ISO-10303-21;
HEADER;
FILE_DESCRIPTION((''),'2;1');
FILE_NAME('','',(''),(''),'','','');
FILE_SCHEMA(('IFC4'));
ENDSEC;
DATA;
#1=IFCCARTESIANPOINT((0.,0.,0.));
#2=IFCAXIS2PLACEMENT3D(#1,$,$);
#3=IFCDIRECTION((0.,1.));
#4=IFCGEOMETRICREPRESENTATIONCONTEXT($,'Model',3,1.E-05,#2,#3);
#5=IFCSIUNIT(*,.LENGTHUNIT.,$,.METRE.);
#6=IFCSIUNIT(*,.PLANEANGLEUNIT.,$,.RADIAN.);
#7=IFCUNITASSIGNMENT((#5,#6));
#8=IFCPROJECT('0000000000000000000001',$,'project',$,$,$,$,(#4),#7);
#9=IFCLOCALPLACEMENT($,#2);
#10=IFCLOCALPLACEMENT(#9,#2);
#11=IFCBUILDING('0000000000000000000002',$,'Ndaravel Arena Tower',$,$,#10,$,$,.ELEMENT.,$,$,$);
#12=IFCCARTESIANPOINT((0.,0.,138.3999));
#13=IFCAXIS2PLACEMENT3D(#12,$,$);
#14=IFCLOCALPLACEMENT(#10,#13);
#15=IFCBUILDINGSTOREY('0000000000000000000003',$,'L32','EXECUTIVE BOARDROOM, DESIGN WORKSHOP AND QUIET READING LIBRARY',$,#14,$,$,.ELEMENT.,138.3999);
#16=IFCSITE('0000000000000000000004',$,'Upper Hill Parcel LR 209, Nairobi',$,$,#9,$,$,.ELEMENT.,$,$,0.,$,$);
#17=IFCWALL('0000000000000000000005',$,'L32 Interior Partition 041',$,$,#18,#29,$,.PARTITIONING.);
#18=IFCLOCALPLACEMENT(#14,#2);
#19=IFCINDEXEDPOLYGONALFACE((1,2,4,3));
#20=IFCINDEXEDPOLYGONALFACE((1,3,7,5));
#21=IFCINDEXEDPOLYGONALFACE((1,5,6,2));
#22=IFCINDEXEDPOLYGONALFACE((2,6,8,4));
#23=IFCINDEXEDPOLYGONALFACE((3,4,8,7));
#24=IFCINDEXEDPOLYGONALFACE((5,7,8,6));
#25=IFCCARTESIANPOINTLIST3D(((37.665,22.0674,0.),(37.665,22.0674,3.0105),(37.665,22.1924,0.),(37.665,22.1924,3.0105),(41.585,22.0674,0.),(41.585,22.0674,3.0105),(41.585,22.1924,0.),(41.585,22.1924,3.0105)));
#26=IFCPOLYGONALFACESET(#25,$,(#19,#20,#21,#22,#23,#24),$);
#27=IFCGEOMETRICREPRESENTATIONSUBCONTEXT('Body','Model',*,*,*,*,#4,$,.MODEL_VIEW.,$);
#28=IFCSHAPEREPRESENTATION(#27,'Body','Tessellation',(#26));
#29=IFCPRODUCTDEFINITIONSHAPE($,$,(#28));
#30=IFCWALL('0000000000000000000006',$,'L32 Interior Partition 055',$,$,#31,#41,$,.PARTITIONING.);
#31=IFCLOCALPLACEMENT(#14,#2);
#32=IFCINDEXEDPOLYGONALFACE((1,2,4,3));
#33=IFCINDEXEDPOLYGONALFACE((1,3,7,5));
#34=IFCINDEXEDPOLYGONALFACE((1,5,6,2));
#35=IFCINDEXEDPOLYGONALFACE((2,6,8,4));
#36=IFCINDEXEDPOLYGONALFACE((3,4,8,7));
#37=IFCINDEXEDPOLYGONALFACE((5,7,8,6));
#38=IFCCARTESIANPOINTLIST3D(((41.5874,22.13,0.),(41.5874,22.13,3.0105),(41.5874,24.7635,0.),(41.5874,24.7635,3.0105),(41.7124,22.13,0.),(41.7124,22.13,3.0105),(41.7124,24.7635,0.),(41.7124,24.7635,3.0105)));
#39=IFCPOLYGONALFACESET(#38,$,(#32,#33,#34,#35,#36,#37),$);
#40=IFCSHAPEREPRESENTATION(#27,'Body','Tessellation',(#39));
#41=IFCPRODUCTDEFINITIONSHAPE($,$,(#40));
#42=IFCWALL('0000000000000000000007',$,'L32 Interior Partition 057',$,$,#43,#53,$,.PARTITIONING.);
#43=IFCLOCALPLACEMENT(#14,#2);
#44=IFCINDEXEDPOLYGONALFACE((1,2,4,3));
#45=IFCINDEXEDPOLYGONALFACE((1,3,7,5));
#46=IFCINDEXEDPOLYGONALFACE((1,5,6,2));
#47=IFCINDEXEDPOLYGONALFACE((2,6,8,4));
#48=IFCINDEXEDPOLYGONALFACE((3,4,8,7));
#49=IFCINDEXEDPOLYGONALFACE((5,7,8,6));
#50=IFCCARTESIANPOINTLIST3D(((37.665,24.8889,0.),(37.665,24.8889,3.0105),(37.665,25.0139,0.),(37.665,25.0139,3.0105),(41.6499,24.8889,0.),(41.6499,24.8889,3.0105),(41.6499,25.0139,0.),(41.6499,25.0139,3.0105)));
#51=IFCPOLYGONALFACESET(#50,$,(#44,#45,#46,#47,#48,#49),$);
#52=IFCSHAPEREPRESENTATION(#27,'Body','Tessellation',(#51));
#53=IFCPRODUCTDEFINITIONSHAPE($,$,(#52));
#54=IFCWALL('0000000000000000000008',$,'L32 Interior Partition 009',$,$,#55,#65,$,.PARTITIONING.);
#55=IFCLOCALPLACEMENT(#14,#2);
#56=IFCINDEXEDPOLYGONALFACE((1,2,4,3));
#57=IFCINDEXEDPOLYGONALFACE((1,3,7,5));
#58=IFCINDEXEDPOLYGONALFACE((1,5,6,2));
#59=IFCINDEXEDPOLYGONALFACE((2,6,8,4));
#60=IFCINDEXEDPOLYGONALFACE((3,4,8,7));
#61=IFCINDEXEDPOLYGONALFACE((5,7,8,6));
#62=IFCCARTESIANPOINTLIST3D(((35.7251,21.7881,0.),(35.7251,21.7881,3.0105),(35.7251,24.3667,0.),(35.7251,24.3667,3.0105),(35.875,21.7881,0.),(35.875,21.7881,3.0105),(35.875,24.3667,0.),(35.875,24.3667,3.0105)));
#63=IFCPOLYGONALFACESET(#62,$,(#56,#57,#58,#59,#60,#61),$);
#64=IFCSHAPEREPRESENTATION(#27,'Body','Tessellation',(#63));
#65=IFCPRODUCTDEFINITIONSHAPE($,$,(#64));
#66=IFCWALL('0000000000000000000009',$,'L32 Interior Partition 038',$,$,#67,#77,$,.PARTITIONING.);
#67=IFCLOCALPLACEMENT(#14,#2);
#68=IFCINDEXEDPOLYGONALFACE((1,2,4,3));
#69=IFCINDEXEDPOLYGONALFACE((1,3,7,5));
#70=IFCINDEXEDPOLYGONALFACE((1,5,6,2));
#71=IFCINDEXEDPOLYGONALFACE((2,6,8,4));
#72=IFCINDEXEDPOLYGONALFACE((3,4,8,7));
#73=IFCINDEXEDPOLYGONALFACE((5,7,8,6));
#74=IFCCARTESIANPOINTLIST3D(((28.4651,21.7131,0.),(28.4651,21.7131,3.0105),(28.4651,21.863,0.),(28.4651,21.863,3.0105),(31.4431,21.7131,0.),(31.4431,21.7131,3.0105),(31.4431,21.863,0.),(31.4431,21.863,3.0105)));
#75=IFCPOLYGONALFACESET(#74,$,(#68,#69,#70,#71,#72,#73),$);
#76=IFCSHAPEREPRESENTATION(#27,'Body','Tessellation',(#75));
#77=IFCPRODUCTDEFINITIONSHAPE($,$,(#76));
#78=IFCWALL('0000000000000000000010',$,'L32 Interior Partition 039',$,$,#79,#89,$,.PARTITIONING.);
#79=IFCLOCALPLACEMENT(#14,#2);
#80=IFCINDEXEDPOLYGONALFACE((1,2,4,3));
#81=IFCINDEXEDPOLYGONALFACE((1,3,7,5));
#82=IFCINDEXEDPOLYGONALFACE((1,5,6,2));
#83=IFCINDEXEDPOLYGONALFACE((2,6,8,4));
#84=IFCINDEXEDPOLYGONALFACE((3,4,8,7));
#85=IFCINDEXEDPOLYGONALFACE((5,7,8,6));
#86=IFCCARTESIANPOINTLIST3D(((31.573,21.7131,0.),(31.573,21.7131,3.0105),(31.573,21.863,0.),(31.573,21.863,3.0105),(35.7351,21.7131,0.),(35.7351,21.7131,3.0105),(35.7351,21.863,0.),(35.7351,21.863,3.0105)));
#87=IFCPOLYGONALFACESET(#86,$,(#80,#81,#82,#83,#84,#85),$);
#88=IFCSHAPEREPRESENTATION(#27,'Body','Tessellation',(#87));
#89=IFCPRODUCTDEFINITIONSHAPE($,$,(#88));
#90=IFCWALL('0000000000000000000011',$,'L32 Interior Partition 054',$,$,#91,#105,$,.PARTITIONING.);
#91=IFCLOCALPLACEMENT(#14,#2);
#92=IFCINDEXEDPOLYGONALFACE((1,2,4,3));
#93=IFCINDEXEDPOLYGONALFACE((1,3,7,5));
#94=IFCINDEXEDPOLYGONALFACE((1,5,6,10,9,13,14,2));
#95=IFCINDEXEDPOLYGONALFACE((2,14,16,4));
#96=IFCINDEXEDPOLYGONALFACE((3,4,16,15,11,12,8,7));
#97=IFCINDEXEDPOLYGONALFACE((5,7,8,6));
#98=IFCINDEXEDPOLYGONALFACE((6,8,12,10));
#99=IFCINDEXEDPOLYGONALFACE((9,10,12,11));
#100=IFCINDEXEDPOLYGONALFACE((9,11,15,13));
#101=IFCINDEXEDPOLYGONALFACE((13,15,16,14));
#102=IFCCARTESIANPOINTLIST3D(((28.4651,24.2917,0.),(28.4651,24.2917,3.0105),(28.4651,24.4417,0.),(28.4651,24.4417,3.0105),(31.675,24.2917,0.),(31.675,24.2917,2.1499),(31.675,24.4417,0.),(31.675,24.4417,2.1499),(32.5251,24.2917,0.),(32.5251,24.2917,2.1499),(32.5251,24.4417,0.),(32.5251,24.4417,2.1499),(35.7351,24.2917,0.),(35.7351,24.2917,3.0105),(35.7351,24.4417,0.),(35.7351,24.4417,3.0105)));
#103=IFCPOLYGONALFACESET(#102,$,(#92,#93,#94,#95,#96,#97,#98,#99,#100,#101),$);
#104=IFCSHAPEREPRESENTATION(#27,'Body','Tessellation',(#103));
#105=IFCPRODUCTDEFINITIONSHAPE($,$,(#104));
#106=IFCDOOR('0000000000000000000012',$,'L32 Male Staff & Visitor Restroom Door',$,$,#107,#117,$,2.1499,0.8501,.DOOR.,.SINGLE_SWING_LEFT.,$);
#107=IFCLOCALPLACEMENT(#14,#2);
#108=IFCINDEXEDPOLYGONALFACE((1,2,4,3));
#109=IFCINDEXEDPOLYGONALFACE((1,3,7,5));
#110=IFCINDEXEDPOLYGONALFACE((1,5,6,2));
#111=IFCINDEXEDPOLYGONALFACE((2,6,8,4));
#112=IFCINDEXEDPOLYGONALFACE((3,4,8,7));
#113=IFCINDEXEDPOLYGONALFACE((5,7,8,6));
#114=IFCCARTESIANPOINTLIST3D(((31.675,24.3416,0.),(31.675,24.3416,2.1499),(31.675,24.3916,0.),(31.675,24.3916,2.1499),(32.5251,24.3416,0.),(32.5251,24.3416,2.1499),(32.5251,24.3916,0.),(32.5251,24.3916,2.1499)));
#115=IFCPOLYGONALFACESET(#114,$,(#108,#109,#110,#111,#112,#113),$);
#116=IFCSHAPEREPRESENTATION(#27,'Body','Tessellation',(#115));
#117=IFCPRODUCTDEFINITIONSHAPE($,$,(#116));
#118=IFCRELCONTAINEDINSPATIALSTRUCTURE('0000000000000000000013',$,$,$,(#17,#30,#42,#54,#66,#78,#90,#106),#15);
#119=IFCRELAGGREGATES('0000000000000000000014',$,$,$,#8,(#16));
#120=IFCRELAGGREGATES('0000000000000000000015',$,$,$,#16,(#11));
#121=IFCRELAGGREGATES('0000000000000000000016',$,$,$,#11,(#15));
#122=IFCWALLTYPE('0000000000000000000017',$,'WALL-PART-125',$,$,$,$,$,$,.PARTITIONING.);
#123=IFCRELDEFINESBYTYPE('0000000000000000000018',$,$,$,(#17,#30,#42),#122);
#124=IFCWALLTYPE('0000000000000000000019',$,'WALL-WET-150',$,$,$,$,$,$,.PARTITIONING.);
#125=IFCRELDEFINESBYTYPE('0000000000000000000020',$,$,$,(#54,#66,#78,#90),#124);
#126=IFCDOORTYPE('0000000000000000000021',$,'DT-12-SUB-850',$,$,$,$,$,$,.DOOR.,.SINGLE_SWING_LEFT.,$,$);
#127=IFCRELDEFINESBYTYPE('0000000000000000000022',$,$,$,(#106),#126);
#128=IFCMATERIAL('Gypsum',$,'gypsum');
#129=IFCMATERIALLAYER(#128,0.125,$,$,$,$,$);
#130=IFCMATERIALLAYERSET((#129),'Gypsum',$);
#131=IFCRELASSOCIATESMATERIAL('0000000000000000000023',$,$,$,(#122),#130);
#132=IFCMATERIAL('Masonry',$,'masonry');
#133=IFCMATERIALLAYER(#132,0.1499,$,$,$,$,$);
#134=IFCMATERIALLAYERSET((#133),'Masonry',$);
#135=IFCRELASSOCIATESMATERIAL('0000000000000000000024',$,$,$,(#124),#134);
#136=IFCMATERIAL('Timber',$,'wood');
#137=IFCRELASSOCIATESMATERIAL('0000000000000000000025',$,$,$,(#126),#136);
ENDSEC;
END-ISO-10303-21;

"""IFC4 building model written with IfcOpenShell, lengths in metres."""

from ifc_helpers import new_model, si_unit, direction, frame, frame_2d, origin, place, context, subcontext, project, spatial, rectangle, extrude, material, layer, layer_set, type_object, element, fill, save


model = new_model("IFC4")

# Units and contexts
model_context = context("Model", 3, precision=1e-05, world=origin(), true_north=direction((0.0, 1.0)))
body_context = subcontext(model_context, "Body", "Model", "MODEL_VIEW")
ifc_project = project(units=[si_unit("LENGTHUNIT", "METRE"), si_unit("PLANEANGLEUNIT", "RADIAN")], contexts=[model_context])

# Site, building, storey
site_placement = place(None, origin())
site = spatial("IfcSite", under=ifc_project, at=site_placement, Name="Upper Hill Parcel LR 209, Nairobi", CompositionType="ELEMENT", RefElevation=0.0)
building_placement = place(site_placement, origin())
building = spatial("IfcBuilding", under=site, at=building_placement, Name="Ndaravel Arena Tower", CompositionType="ELEMENT")
storey_placement = place(building_placement, frame((0.0, 0.0, 138.3999)))
storey = spatial("IfcBuildingStorey", under=building, at=storey_placement, Name="L32", Description="EXECUTIVE BOARDROOM, DESIGN WORKSHOP AND QUIET READING LIBRARY", CompositionType="ELEMENT", Elevation=138.3999)

# Shared definitions
ifc_material_1 = material(Name="Gypsum", Category="gypsum")
ifc_layer_1 = layer(ifc_material_1, 0.125)
ifc_layer_set_1 = layer_set([ifc_layer_1], Name="Gypsum")
wall_type_1 = type_object("IfcWallType", Name="WALL-PART-125", PredefinedType="PARTITIONING", material=ifc_layer_set_1)

# Walls
wall_1_placement = place(storey_placement, frame((37.665, 22.1299, 0.0), z_axis=(0.0, 0.0, 1.0), x_axis=(1.0, 0.0, 0.0)))
element("IfcWall", 1, at=wall_1_placement, inside=storey, type_object=wall_type_1, Name="L32 Interior Partition 041", PredefinedType="PARTITIONING", context=body_context, shape_type="SweptSolid", body=[
    extrude(rectangle(XDim=3.9199, YDim=0.125, at=frame_2d((1.96, 0.0))), origin(), (0.0, 0.0, 1.0), 3.0105),
])
wall_2_placement = place(storey_placement, frame((41.6499, 22.1299, 0.0), z_axis=(0.0, 0.0, 1.0), x_axis=(0.0, 1.0, 0.0)))
element("IfcWall", 2, at=wall_2_placement, inside=storey, type_object=wall_type_1, Name="L32 Interior Partition 055", PredefinedType="PARTITIONING", context=body_context, shape_type="SweptSolid", body=[
    extrude(rectangle(XDim=2.6335, YDim=0.125, at=frame_2d((1.3169, 0.0))), origin(), (0.0, 0.0, 1.0), 3.0105),
])
wall_3_placement = place(storey_placement, frame((37.665, 24.9514, 0.0), z_axis=(0.0, 0.0, 1.0), x_axis=(1.0, 0.0, 0.0)))
element("IfcWall", 3, at=wall_3_placement, inside=storey, type_object=wall_type_1, Name="L32 Interior Partition 057", PredefinedType="PARTITIONING", context=body_context, shape_type="SweptSolid", body=[
    extrude(rectangle(XDim=3.9849, YDim=0.125, at=frame_2d((1.9924, 0.0))), origin(), (0.0, 0.0, 1.0), 3.0105),
])
ifc_material_2 = material(Name="Masonry", Category="masonry")
ifc_layer_2 = layer(ifc_material_2, 0.1499)
ifc_layer_set_2 = layer_set([ifc_layer_2], Name="Masonry")
wall_type_2 = type_object("IfcWallType", Name="WALL-WET-150", PredefinedType="PARTITIONING", material=ifc_layer_set_2)
wall_4_placement = place(storey_placement, frame((35.8, 21.7881, 0.0), z_axis=(0.0, 0.0, 1.0), x_axis=(0.0, 1.0, 0.0)))
element("IfcWall", 4, at=wall_4_placement, inside=storey, type_object=wall_type_2, Name="L32 Interior Partition 009", PredefinedType="PARTITIONING", context=body_context, shape_type="SweptSolid", body=[
    extrude(rectangle(XDim=2.5786, YDim=0.1499, at=frame_2d((1.2893, 0.0))), origin(), (0.0, 0.0, 1.0), 3.0105),
])
wall_5_placement = place(storey_placement, frame((28.4651, 21.7881, 0.0), z_axis=(0.0, 0.0, 1.0), x_axis=(1.0, 0.0, 0.0)))
element("IfcWall", 5, at=wall_5_placement, inside=storey, type_object=wall_type_2, Name="L32 Interior Partition 038", PredefinedType="PARTITIONING", context=body_context, shape_type="SweptSolid", body=[
    extrude(rectangle(XDim=2.978, YDim=0.1499, at=frame_2d((1.489, 0.0))), origin(), (0.0, 0.0, 1.0), 3.0105),
])
wall_6_placement = place(storey_placement, frame((31.573, 21.7881, 0.0), z_axis=(0.0, 0.0, 1.0), x_axis=(1.0, 0.0, 0.0)))
element("IfcWall", 6, at=wall_6_placement, inside=storey, type_object=wall_type_2, Name="L32 Interior Partition 039", PredefinedType="PARTITIONING", context=body_context, shape_type="SweptSolid", body=[
    extrude(rectangle(XDim=4.1621, YDim=0.1499, at=frame_2d((2.0811, 0.0))), origin(), (0.0, 0.0, 1.0), 3.0105),
])

# Wall, opening, door
wall_7_placement = place(storey_placement, frame((28.4651, 24.3667, 0.0), z_axis=(0.0, 0.0, 1.0), x_axis=(1.0, 0.0, 0.0)))
wall_7 = element("IfcWall", 7, at=wall_7_placement, inside=storey, type_object=wall_type_2, Name="L32 Interior Partition 054", PredefinedType="PARTITIONING", context=body_context, shape_type="SweptSolid", body=[
    extrude(rectangle(XDim=7.27, YDim=0.1499, at=frame_2d((3.635, 0.0))), origin(), (0.0, 0.0, 1.0), 3.0105),
])
opening_1_placement = place(wall_7_placement, frame((3.21, 0.0, 0.0)))
opening_1 = element("IfcOpeningElement", 8, at=opening_1_placement, cuts=wall_7, PredefinedType="OPENING", context=body_context, shape_type="SweptSolid", body=[
    extrude(rectangle(XDim=0.8501, YDim=2.1499, at=frame_2d((0.425, 1.075))), frame((0.0, 0.075, 0.0), z_axis=(0.0, -1.0, 0.0), x_axis=(1.0, 0.0, 0.0)), (0.0, 0.0, 1.0), 0.1499),
])
ifc_material_3 = material(Name="Timber", Category="wood")
door_type_1 = type_object("IfcDoorType", Name="DT-12-SUB-850", OperationType="SINGLE_SWING_LEFT", PredefinedType="DOOR", material=ifc_material_3)
door_1_placement = place(opening_1_placement, origin())
door_1 = element("IfcDoor", 9, at=door_1_placement, inside=storey, type_object=door_type_1, Name="L32 Male Staff & Visitor Restroom Door", OperationType="SINGLE_SWING_LEFT", OverallHeight=2.1499, OverallWidth=0.8501, PredefinedType="DOOR", context=body_context, shape_type="SweptSolid", body=[
    extrude(rectangle(XDim=0.8501, YDim=2.1499, at=frame_2d((0.425, 1.075))), frame((0.0, 0.0249, 0.0), z_axis=(0.0, -1.0, 0.0), x_axis=(1.0, 0.0, 0.0)), (0.0, 0.0, 1.0), 0.05),
])
fill(opening_1, door_1)

save(model, "model.ifc")
